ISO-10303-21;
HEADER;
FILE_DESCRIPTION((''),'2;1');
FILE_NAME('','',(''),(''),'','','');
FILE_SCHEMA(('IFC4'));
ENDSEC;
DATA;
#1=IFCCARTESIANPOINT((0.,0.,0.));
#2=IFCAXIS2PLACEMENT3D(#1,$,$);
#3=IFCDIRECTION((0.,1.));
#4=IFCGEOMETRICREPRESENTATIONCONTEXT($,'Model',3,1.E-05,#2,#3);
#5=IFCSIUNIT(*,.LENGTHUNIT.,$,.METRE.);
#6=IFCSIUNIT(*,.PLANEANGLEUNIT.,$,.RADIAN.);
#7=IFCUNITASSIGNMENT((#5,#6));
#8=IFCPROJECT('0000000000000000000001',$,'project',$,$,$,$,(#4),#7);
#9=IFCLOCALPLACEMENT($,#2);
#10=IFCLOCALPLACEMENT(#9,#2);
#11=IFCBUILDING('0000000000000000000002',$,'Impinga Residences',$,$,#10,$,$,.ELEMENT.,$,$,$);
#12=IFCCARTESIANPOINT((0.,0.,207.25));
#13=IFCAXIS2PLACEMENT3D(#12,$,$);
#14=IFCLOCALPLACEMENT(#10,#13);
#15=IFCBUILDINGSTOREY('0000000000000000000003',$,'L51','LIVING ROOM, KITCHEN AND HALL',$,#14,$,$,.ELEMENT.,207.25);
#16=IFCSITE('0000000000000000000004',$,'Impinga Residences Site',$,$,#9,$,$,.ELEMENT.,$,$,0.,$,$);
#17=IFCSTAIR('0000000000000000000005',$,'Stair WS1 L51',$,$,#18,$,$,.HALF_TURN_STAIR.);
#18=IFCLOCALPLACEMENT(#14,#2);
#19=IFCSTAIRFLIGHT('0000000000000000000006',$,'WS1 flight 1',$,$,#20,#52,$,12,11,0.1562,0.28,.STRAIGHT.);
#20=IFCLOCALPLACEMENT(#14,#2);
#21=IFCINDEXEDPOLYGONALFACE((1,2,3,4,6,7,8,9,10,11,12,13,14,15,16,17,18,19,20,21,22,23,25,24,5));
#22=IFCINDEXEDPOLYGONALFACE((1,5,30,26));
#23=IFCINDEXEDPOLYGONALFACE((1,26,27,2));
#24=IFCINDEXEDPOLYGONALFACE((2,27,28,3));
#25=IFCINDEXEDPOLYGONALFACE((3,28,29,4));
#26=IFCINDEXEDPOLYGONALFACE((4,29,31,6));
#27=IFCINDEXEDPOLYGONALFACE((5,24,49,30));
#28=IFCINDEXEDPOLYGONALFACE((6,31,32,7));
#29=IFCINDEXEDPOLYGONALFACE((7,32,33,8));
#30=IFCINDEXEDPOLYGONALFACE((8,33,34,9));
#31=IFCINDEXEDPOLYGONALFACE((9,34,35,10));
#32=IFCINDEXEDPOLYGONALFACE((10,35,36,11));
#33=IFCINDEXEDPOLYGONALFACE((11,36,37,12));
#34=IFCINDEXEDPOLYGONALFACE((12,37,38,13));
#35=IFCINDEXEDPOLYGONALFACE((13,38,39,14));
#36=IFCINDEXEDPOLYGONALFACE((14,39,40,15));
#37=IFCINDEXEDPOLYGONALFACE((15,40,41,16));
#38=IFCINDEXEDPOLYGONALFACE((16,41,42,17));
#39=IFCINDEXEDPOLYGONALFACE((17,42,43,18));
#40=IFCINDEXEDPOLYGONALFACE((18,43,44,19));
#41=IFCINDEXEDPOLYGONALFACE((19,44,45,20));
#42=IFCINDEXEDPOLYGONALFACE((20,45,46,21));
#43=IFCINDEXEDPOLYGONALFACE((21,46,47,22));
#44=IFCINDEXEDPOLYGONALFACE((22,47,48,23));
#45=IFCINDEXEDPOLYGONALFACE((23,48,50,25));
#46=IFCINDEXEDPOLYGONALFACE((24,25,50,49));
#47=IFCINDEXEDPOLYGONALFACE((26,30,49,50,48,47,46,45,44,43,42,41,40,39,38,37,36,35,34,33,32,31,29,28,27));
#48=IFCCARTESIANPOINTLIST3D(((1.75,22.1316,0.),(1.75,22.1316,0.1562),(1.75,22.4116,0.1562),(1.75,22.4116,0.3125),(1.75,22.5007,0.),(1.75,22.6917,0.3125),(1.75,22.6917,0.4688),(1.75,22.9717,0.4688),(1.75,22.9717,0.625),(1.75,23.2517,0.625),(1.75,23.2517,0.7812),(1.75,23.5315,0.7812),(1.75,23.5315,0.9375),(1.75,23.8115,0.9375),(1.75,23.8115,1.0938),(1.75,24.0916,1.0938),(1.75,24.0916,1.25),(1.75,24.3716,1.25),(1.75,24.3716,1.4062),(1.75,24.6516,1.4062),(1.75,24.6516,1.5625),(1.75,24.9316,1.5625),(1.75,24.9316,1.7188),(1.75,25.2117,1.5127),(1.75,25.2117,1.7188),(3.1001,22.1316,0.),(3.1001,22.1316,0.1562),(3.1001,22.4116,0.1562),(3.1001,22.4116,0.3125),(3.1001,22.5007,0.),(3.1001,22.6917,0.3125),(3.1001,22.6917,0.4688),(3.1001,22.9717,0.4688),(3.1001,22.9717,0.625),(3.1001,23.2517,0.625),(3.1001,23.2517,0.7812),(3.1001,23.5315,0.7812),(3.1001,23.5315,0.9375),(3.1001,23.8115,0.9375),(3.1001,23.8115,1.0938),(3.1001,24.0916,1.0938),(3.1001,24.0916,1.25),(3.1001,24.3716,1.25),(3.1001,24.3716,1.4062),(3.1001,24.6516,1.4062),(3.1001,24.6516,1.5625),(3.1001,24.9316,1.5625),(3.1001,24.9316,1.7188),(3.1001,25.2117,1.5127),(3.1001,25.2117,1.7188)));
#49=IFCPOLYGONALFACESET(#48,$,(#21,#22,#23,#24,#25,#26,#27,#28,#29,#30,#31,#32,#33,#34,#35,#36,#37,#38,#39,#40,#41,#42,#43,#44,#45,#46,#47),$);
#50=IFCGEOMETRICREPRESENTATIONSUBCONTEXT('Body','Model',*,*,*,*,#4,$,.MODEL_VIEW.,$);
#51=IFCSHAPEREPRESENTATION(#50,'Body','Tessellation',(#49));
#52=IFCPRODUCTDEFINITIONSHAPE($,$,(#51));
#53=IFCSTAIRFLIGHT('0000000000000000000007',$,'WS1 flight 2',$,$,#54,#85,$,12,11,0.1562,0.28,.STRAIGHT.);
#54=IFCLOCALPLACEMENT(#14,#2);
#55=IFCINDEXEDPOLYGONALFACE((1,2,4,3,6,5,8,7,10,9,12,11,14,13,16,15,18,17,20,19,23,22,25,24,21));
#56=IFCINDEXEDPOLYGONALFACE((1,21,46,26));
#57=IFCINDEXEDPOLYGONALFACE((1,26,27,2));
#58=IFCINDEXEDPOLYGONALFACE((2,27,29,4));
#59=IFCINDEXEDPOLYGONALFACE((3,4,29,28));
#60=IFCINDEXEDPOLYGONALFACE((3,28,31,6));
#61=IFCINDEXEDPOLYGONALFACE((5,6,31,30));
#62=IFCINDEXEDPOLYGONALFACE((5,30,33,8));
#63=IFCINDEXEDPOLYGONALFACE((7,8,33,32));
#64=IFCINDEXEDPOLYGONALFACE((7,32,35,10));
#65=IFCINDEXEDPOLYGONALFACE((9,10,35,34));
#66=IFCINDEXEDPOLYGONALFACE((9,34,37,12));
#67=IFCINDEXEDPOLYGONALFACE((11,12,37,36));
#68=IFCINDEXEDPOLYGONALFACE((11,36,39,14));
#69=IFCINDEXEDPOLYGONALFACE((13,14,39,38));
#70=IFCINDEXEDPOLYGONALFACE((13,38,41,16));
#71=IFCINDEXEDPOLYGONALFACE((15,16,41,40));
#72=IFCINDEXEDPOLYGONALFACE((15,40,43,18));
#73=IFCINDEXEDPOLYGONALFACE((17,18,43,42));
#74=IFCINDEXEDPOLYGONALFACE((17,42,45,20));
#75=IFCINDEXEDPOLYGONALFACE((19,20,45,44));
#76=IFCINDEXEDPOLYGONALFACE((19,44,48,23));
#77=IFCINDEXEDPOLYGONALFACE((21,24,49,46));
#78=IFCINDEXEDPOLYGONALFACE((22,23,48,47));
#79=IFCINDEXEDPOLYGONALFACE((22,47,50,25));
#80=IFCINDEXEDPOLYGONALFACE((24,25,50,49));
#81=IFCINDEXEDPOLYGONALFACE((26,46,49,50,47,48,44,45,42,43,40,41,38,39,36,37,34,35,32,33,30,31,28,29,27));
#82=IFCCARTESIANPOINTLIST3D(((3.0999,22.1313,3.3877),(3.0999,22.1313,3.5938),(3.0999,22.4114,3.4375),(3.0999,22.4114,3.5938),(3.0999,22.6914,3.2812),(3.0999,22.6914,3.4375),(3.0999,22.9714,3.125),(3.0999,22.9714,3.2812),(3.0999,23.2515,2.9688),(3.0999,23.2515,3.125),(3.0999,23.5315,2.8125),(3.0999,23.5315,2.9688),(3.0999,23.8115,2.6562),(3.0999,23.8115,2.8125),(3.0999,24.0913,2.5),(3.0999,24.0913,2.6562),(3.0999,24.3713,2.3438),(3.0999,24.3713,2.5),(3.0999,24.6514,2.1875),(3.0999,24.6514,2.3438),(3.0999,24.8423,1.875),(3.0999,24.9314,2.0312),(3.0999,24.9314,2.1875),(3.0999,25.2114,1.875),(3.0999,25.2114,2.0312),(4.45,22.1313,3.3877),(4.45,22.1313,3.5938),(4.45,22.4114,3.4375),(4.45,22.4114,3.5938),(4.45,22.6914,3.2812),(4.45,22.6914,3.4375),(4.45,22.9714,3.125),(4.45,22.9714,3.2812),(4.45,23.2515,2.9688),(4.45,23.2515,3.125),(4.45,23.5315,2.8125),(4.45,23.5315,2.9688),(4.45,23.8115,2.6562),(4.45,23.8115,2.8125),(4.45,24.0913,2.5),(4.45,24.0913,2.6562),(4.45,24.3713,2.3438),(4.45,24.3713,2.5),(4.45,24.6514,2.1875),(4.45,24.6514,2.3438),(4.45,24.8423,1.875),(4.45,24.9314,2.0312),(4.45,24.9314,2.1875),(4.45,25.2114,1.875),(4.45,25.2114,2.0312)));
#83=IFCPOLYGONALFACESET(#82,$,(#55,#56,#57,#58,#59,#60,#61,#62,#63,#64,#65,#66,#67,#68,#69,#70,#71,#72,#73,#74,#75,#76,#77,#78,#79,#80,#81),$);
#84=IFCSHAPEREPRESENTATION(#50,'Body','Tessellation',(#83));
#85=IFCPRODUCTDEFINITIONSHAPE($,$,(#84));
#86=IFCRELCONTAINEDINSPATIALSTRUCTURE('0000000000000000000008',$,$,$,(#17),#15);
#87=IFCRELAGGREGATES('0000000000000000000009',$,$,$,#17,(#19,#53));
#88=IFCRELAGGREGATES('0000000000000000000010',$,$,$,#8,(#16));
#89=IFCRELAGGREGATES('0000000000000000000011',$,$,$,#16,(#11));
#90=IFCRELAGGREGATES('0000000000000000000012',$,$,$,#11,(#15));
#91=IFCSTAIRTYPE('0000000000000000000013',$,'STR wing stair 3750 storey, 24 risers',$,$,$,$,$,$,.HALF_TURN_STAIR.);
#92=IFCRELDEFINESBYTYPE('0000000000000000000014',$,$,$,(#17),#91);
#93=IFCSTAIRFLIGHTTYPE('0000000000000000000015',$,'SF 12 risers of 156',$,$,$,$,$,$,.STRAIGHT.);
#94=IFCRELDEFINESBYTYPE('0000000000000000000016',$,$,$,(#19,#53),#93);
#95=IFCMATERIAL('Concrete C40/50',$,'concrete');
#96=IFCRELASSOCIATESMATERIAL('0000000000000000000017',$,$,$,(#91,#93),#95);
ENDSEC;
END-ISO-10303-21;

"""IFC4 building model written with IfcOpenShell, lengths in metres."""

from ifc_helpers import new_model, si_unit, direction, frame, origin, place, context, subcontext, project, spatial, polyline, outline, extrude, material, type_object, element, aggregate, save


model = new_model("IFC4")

# Units and contexts
model_context = context("Model", 3, precision=1e-05, world=origin(), true_north=direction((0.0, 1.0)))
body_context = subcontext(model_context, "Body", "Model", "MODEL_VIEW")
ifc_project = project(units=[si_unit("LENGTHUNIT", "METRE"), si_unit("PLANEANGLEUNIT", "RADIAN")], contexts=[model_context])

# Site, building, storey
site_placement = place(None, origin())
site = spatial("IfcSite", under=ifc_project, at=site_placement, Name="Impinga Residences Site", CompositionType="ELEMENT", RefElevation=0.0)
building_placement = place(site_placement, origin())
building = spatial("IfcBuilding", under=site, at=building_placement, Name="Impinga Residences", CompositionType="ELEMENT")
storey_placement = place(building_placement, frame((0.0, 0.0, 207.25)))
storey = spatial("IfcBuildingStorey", under=building, at=storey_placement, Name="L51", Description="LIVING ROOM, KITCHEN AND HALL", CompositionType="ELEMENT", Elevation=207.25)

# Stair, stair flights
ifc_material_1 = material(Name="Concrete C40/50", Category="concrete")
stair_type = type_object("IfcStairType", Name="STR wing stair 3750 storey, 24 risers", PredefinedType="HALF_TURN_STAIR", material=ifc_material_1)
stair_placement = place(storey_placement, origin())
stair = element("IfcStair", 1, at=stair_placement, inside=storey, type_object=stair_type, Name="Stair WS1 L51", PredefinedType="HALF_TURN_STAIR")
stair_flight_type = type_object("IfcStairFlightType", Name="SF 12 risers of 156", PredefinedType="STRAIGHT", material=ifc_material_1)
stair_flight_1_placement = place(storey_placement, frame((2.425, 22.1316, 0.0), z_axis=(0.0, 0.0, 1.0), x_axis=(0.0, 1.0, 0.0)))
stair_flight_1 = element("IfcStairFlight", 2, at=stair_flight_1_placement, type_object=stair_flight_type, Name="WS1 flight 1", NumberOfRisers=12, NumberOfTreads=11, PredefinedType="STRAIGHT", RiserHeight=0.1562, TreadLength=0.28, context=body_context, shape_type="SweptSolid", body=[
    extrude(outline(polyline([(0.0, 0.0), (0.0, 0.1562), (0.28, 0.1562), (0.28, 0.3125), (0.5601, 0.3125), (0.5601, 0.4688), (0.8401, 0.4688), (0.8401, 0.625), (1.1201, 0.625), (1.1201, 0.7812), (1.3999, 0.7812), (1.3999, 0.9375), (1.6799, 0.9375), (1.6799, 1.0938), (1.96, 1.0938), (1.96, 1.25), (2.24, 1.25), (2.24, 1.4062), (2.52, 1.4062), (2.52, 1.5625), (2.8, 1.5625), (2.8, 1.7188), (3.0801, 1.7188), (3.0801, 1.875), (3.0801, 1.5127), (0.3691, 0.0), (0.0, 0.0)])), frame((0.0, 0.675, 0.0), z_axis=(0.0, -1.0, 0.0), x_axis=(1.0, 0.0, 0.0)), (0.0, 0.0, 1.0), 1.3501),
])
stair_flight_2_placement = place(storey_placement, frame((3.7749, 25.2114, 1.875), z_axis=(0.0, 0.0, 1.0), x_axis=(0.0, -1.0, 0.0)))
stair_flight_2 = element("IfcStairFlight", 3, at=stair_flight_2_placement, type_object=stair_flight_type, Name="WS1 flight 2", NumberOfRisers=12, NumberOfTreads=11, PredefinedType="STRAIGHT", RiserHeight=0.1562, TreadLength=0.28, context=body_context, shape_type="SweptSolid", body=[
    extrude(outline(polyline([(0.0, 0.0), (0.0, 0.1562), (0.28, 0.1562), (0.28, 0.3125), (0.5601, 0.3125), (0.5601, 0.4688), (0.8401, 0.4688), (0.8401, 0.625), (1.1201, 0.625), (1.1201, 0.7812), (1.3999, 0.7812), (1.3999, 0.9375), (1.6799, 0.9375), (1.6799, 1.0938), (1.96, 1.0938), (1.96, 1.25), (2.24, 1.25), (2.24, 1.4062), (2.52, 1.4062), (2.52, 1.5625), (2.8, 1.5625), (2.8, 1.7188), (3.0801, 1.7188), (3.0801, 1.875), (3.0801, 1.5127), (0.3691, 0.0), (0.0, 0.0)])), frame((0.0, 0.675, 0.0), z_axis=(0.0, -1.0, 0.0), x_axis=(1.0, 0.0, 0.0)), (0.0, 0.0, 1.0), 1.3501),
])
aggregate(stair, [stair_flight_1, stair_flight_2])

save(model, "model.ifc")
